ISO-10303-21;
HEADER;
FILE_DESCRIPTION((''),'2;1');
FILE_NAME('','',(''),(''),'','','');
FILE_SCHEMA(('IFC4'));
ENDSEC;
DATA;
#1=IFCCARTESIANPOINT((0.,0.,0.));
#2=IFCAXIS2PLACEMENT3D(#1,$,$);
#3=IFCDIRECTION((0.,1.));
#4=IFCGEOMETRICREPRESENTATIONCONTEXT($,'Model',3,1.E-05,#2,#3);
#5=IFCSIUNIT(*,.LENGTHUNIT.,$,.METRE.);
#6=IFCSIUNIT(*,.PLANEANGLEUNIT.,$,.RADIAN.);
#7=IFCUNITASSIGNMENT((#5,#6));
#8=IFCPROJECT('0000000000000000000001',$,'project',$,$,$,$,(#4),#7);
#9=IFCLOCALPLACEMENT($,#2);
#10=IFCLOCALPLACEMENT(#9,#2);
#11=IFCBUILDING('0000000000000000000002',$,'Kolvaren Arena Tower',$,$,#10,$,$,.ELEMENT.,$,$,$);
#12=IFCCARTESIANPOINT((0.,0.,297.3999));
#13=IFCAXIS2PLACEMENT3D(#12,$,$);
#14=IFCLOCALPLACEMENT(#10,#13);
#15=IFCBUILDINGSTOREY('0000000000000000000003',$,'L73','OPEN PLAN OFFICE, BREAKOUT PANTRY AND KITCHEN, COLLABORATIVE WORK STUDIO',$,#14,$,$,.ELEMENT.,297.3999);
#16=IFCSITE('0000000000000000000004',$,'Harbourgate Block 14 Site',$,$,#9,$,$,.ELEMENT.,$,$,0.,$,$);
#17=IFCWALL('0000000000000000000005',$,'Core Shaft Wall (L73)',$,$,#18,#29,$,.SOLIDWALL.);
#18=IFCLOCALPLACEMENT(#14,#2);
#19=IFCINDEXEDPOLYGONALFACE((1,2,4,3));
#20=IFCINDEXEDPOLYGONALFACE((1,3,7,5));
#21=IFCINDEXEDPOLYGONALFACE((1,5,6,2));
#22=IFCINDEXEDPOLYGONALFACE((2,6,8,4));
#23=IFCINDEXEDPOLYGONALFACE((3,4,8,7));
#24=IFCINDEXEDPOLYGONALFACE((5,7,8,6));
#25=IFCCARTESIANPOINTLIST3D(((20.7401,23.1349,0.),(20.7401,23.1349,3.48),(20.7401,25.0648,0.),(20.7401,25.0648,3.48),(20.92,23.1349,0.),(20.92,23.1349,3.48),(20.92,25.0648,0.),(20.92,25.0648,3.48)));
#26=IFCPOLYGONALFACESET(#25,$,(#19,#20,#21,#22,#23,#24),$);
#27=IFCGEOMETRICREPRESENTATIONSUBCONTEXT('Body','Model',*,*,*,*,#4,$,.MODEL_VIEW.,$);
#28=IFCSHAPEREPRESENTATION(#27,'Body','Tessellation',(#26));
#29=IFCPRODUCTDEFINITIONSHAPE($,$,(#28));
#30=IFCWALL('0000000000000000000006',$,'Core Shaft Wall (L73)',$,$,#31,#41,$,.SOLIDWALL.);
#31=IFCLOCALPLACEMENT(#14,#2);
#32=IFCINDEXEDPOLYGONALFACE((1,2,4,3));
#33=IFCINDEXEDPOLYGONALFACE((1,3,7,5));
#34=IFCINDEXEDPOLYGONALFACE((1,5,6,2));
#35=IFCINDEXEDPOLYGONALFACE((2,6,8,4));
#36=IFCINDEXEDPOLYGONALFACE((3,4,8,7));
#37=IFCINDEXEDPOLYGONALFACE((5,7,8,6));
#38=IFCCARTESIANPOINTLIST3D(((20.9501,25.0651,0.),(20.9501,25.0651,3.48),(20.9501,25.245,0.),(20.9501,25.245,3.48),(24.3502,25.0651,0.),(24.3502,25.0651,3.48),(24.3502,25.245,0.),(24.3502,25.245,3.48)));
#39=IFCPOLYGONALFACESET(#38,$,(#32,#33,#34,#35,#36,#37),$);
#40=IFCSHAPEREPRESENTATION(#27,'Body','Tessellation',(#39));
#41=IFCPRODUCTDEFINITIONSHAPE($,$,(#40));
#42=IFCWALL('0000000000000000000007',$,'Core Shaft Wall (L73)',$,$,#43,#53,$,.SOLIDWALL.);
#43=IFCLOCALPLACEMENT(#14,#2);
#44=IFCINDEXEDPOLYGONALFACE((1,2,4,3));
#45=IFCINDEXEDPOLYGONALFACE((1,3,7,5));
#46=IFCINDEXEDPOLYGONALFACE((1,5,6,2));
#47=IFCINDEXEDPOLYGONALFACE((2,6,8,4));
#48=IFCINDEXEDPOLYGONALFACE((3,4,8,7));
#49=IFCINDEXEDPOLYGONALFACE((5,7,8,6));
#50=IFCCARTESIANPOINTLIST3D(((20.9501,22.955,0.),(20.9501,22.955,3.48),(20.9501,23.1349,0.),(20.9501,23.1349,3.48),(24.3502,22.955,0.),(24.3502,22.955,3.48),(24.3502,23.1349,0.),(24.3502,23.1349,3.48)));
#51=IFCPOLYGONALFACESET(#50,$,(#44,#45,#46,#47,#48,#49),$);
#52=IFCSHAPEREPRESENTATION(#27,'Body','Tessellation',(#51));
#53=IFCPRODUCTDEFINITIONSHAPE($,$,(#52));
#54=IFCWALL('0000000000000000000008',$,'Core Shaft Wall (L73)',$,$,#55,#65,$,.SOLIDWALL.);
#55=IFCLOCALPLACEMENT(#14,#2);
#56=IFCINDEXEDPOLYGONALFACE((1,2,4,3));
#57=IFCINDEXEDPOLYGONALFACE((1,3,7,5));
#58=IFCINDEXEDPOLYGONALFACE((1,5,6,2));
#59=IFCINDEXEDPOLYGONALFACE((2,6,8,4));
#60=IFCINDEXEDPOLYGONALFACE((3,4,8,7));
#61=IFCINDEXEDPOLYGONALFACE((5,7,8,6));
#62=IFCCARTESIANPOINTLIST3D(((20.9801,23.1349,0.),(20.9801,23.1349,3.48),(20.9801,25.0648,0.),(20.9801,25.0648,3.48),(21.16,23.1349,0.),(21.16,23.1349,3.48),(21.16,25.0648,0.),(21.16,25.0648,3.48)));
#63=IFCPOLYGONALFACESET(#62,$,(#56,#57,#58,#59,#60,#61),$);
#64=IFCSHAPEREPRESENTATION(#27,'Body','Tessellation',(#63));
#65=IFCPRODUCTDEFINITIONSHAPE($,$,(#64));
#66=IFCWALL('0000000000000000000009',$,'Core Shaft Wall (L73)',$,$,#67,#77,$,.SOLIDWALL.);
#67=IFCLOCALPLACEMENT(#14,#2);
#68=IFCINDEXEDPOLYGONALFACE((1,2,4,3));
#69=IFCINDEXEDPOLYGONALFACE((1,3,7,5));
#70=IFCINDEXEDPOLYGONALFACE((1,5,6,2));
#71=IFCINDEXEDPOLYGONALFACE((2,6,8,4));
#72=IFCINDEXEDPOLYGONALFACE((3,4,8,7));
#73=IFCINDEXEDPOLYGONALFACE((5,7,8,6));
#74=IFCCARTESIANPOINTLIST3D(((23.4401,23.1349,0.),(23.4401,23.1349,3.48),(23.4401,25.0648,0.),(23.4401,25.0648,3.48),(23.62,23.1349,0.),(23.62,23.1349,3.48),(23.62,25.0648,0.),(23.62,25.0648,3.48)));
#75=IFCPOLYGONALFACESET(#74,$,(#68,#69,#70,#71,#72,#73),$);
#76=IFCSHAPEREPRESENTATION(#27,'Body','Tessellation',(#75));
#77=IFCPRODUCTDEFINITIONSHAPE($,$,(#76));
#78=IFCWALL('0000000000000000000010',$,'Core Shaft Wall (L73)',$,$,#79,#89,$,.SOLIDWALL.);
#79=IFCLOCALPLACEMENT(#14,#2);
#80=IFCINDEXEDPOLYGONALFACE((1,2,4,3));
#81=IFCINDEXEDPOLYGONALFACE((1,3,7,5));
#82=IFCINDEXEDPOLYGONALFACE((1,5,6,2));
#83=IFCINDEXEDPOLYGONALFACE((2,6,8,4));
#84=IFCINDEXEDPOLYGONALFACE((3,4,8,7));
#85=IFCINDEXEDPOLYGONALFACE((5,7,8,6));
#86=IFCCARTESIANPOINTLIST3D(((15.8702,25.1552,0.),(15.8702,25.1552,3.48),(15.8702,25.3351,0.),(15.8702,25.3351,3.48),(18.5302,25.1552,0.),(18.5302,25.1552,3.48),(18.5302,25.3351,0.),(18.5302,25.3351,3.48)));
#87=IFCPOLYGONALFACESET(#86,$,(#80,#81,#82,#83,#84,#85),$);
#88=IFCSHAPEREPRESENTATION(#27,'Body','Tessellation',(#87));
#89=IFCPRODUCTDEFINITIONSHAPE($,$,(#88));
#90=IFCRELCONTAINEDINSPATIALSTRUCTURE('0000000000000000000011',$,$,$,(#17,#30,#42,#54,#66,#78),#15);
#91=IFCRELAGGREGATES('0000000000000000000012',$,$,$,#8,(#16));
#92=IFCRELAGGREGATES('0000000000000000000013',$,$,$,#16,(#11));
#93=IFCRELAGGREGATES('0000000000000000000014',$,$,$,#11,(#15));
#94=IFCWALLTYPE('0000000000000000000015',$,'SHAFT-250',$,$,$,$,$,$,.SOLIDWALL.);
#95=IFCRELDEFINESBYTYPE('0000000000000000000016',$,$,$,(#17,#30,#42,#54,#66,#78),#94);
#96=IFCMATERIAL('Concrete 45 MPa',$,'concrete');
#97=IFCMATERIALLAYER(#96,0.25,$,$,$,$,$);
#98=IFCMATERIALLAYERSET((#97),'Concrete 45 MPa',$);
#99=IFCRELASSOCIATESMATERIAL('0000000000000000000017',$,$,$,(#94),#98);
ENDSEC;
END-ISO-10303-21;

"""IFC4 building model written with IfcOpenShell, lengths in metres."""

from ifc_helpers import new_model, si_unit, direction, frame, frame_2d, origin, place, context, subcontext, project, spatial, rectangle, extrude, material, layer, layer_set, type_object, element, save


model = new_model("IFC4")

# Units and contexts
model_context = context("Model", 3, precision=1e-05, world=origin(), true_north=direction((0.0, 1.0)))
body_context = subcontext(model_context, "Body", "Model", "MODEL_VIEW")
ifc_project = project(units=[si_unit("LENGTHUNIT", "METRE"), si_unit("PLANEANGLEUNIT", "RADIAN")], contexts=[model_context])

# Site, building, storey
site_placement = place(None, origin())
site = spatial("IfcSite", under=ifc_project, at=site_placement, Name="Harbourgate Block 14 Site", CompositionType="ELEMENT", RefElevation=0.0)
building_placement = place(site_placement, origin())
building = spatial("IfcBuilding", under=site, at=building_placement, Name="Kolvaren Arena Tower", CompositionType="ELEMENT")
storey_placement = place(building_placement, frame((0.0, 0.0, 297.3999)))
storey = spatial("IfcBuildingStorey", under=building, at=storey_placement, Name="L73", Description="OPEN PLAN OFFICE, BREAKOUT PANTRY AND KITCHEN, COLLABORATIVE WORK STUDIO", CompositionType="ELEMENT", Elevation=297.3999)

# Walls
ifc_material_1 = material(Name="Concrete 45 MPa", Category="concrete")
ifc_layer_1 = layer(ifc_material_1, 0.25)
ifc_layer_set_1 = layer_set([ifc_layer_1], Name="Concrete 45 MPa")
wall_type_1 = type_object("IfcWallType", Name="SHAFT-250", PredefinedType="SOLIDWALL", material=ifc_layer_set_1)
for number, where, z_axis, x_axis, name in (
    (1, (20.8301, 23.135, 0.0), (0.0, 0.0, 1.0), (0.0, 1.0, 0.0), "Core Shaft Wall (L73)"),
):
    element("IfcWall", number, at=place(storey_placement, frame(where, z_axis=z_axis, x_axis=x_axis)), inside=storey, type_object=wall_type_1, Name=name, PredefinedType="SOLIDWALL", context=body_context, shape_type="SweptSolid", body=[
        extrude(rectangle(XDim=1.9299, YDim=0.1799, at=frame_2d((0.9648, 0.0))), origin(), (0.0, 0.0, 1.0), 3.48),
    ])
for number, where, z_axis, x_axis, name in (
    (2, (20.95, 25.155, 0.0), (0.0, 0.0, 1.0), (1.0, 0.0, 0.0), "Core Shaft Wall (L73)"),
    (3, (20.95, 23.0449, 0.0), (0.0, 0.0, 1.0), (1.0, 0.0, 0.0), "Core Shaft Wall (L73)"),
):
    element("IfcWall", number, at=place(storey_placement, frame(where, z_axis=z_axis, x_axis=x_axis)), inside=storey, type_object=wall_type_1, Name=name, PredefinedType="SOLIDWALL", context=body_context, shape_type="SweptSolid", body=[
        extrude(rectangle(XDim=3.4001, YDim=0.1799, at=frame_2d((1.7002, 0.0))), origin(), (0.0, 0.0, 1.0), 3.48),
    ])
for number, where, z_axis, x_axis, name in (
    (4, (21.0701, 23.135, 0.0), (0.0, 0.0, 1.0), (0.0, 1.0, 0.0), "Core Shaft Wall (L73)"),
    (5, (23.53, 23.135, 0.0), (0.0, 0.0, 1.0), (0.0, 1.0, 0.0), "Core Shaft Wall (L73)"),
):
    element("IfcWall", number, at=place(storey_placement, frame(where, z_axis=z_axis, x_axis=x_axis)), inside=storey, type_object=wall_type_1, Name=name, PredefinedType="SOLIDWALL", context=body_context, shape_type="SweptSolid", body=[
        extrude(rectangle(XDim=1.9299, YDim=0.1799, at=frame_2d((0.9648, 0.0))), origin(), (0.0, 0.0, 1.0), 3.48),
    ])
wall_1_placement = place(storey_placement, frame((15.8701, 25.2451, 0.0), z_axis=(0.0, 0.0, 1.0), x_axis=(1.0, 0.0, 0.0)))
element("IfcWall", 6, at=wall_1_placement, inside=storey, type_object=wall_type_1, Name="Core Shaft Wall (L73)", PredefinedType="SOLIDWALL", context=body_context, shape_type="SweptSolid", body=[
    extrude(rectangle(XDim=2.6599, YDim=0.1799, at=frame_2d((1.3301, 0.0))), origin(), (0.0, 0.0, 1.0), 3.48),
])

save(model, "model.ifc")
